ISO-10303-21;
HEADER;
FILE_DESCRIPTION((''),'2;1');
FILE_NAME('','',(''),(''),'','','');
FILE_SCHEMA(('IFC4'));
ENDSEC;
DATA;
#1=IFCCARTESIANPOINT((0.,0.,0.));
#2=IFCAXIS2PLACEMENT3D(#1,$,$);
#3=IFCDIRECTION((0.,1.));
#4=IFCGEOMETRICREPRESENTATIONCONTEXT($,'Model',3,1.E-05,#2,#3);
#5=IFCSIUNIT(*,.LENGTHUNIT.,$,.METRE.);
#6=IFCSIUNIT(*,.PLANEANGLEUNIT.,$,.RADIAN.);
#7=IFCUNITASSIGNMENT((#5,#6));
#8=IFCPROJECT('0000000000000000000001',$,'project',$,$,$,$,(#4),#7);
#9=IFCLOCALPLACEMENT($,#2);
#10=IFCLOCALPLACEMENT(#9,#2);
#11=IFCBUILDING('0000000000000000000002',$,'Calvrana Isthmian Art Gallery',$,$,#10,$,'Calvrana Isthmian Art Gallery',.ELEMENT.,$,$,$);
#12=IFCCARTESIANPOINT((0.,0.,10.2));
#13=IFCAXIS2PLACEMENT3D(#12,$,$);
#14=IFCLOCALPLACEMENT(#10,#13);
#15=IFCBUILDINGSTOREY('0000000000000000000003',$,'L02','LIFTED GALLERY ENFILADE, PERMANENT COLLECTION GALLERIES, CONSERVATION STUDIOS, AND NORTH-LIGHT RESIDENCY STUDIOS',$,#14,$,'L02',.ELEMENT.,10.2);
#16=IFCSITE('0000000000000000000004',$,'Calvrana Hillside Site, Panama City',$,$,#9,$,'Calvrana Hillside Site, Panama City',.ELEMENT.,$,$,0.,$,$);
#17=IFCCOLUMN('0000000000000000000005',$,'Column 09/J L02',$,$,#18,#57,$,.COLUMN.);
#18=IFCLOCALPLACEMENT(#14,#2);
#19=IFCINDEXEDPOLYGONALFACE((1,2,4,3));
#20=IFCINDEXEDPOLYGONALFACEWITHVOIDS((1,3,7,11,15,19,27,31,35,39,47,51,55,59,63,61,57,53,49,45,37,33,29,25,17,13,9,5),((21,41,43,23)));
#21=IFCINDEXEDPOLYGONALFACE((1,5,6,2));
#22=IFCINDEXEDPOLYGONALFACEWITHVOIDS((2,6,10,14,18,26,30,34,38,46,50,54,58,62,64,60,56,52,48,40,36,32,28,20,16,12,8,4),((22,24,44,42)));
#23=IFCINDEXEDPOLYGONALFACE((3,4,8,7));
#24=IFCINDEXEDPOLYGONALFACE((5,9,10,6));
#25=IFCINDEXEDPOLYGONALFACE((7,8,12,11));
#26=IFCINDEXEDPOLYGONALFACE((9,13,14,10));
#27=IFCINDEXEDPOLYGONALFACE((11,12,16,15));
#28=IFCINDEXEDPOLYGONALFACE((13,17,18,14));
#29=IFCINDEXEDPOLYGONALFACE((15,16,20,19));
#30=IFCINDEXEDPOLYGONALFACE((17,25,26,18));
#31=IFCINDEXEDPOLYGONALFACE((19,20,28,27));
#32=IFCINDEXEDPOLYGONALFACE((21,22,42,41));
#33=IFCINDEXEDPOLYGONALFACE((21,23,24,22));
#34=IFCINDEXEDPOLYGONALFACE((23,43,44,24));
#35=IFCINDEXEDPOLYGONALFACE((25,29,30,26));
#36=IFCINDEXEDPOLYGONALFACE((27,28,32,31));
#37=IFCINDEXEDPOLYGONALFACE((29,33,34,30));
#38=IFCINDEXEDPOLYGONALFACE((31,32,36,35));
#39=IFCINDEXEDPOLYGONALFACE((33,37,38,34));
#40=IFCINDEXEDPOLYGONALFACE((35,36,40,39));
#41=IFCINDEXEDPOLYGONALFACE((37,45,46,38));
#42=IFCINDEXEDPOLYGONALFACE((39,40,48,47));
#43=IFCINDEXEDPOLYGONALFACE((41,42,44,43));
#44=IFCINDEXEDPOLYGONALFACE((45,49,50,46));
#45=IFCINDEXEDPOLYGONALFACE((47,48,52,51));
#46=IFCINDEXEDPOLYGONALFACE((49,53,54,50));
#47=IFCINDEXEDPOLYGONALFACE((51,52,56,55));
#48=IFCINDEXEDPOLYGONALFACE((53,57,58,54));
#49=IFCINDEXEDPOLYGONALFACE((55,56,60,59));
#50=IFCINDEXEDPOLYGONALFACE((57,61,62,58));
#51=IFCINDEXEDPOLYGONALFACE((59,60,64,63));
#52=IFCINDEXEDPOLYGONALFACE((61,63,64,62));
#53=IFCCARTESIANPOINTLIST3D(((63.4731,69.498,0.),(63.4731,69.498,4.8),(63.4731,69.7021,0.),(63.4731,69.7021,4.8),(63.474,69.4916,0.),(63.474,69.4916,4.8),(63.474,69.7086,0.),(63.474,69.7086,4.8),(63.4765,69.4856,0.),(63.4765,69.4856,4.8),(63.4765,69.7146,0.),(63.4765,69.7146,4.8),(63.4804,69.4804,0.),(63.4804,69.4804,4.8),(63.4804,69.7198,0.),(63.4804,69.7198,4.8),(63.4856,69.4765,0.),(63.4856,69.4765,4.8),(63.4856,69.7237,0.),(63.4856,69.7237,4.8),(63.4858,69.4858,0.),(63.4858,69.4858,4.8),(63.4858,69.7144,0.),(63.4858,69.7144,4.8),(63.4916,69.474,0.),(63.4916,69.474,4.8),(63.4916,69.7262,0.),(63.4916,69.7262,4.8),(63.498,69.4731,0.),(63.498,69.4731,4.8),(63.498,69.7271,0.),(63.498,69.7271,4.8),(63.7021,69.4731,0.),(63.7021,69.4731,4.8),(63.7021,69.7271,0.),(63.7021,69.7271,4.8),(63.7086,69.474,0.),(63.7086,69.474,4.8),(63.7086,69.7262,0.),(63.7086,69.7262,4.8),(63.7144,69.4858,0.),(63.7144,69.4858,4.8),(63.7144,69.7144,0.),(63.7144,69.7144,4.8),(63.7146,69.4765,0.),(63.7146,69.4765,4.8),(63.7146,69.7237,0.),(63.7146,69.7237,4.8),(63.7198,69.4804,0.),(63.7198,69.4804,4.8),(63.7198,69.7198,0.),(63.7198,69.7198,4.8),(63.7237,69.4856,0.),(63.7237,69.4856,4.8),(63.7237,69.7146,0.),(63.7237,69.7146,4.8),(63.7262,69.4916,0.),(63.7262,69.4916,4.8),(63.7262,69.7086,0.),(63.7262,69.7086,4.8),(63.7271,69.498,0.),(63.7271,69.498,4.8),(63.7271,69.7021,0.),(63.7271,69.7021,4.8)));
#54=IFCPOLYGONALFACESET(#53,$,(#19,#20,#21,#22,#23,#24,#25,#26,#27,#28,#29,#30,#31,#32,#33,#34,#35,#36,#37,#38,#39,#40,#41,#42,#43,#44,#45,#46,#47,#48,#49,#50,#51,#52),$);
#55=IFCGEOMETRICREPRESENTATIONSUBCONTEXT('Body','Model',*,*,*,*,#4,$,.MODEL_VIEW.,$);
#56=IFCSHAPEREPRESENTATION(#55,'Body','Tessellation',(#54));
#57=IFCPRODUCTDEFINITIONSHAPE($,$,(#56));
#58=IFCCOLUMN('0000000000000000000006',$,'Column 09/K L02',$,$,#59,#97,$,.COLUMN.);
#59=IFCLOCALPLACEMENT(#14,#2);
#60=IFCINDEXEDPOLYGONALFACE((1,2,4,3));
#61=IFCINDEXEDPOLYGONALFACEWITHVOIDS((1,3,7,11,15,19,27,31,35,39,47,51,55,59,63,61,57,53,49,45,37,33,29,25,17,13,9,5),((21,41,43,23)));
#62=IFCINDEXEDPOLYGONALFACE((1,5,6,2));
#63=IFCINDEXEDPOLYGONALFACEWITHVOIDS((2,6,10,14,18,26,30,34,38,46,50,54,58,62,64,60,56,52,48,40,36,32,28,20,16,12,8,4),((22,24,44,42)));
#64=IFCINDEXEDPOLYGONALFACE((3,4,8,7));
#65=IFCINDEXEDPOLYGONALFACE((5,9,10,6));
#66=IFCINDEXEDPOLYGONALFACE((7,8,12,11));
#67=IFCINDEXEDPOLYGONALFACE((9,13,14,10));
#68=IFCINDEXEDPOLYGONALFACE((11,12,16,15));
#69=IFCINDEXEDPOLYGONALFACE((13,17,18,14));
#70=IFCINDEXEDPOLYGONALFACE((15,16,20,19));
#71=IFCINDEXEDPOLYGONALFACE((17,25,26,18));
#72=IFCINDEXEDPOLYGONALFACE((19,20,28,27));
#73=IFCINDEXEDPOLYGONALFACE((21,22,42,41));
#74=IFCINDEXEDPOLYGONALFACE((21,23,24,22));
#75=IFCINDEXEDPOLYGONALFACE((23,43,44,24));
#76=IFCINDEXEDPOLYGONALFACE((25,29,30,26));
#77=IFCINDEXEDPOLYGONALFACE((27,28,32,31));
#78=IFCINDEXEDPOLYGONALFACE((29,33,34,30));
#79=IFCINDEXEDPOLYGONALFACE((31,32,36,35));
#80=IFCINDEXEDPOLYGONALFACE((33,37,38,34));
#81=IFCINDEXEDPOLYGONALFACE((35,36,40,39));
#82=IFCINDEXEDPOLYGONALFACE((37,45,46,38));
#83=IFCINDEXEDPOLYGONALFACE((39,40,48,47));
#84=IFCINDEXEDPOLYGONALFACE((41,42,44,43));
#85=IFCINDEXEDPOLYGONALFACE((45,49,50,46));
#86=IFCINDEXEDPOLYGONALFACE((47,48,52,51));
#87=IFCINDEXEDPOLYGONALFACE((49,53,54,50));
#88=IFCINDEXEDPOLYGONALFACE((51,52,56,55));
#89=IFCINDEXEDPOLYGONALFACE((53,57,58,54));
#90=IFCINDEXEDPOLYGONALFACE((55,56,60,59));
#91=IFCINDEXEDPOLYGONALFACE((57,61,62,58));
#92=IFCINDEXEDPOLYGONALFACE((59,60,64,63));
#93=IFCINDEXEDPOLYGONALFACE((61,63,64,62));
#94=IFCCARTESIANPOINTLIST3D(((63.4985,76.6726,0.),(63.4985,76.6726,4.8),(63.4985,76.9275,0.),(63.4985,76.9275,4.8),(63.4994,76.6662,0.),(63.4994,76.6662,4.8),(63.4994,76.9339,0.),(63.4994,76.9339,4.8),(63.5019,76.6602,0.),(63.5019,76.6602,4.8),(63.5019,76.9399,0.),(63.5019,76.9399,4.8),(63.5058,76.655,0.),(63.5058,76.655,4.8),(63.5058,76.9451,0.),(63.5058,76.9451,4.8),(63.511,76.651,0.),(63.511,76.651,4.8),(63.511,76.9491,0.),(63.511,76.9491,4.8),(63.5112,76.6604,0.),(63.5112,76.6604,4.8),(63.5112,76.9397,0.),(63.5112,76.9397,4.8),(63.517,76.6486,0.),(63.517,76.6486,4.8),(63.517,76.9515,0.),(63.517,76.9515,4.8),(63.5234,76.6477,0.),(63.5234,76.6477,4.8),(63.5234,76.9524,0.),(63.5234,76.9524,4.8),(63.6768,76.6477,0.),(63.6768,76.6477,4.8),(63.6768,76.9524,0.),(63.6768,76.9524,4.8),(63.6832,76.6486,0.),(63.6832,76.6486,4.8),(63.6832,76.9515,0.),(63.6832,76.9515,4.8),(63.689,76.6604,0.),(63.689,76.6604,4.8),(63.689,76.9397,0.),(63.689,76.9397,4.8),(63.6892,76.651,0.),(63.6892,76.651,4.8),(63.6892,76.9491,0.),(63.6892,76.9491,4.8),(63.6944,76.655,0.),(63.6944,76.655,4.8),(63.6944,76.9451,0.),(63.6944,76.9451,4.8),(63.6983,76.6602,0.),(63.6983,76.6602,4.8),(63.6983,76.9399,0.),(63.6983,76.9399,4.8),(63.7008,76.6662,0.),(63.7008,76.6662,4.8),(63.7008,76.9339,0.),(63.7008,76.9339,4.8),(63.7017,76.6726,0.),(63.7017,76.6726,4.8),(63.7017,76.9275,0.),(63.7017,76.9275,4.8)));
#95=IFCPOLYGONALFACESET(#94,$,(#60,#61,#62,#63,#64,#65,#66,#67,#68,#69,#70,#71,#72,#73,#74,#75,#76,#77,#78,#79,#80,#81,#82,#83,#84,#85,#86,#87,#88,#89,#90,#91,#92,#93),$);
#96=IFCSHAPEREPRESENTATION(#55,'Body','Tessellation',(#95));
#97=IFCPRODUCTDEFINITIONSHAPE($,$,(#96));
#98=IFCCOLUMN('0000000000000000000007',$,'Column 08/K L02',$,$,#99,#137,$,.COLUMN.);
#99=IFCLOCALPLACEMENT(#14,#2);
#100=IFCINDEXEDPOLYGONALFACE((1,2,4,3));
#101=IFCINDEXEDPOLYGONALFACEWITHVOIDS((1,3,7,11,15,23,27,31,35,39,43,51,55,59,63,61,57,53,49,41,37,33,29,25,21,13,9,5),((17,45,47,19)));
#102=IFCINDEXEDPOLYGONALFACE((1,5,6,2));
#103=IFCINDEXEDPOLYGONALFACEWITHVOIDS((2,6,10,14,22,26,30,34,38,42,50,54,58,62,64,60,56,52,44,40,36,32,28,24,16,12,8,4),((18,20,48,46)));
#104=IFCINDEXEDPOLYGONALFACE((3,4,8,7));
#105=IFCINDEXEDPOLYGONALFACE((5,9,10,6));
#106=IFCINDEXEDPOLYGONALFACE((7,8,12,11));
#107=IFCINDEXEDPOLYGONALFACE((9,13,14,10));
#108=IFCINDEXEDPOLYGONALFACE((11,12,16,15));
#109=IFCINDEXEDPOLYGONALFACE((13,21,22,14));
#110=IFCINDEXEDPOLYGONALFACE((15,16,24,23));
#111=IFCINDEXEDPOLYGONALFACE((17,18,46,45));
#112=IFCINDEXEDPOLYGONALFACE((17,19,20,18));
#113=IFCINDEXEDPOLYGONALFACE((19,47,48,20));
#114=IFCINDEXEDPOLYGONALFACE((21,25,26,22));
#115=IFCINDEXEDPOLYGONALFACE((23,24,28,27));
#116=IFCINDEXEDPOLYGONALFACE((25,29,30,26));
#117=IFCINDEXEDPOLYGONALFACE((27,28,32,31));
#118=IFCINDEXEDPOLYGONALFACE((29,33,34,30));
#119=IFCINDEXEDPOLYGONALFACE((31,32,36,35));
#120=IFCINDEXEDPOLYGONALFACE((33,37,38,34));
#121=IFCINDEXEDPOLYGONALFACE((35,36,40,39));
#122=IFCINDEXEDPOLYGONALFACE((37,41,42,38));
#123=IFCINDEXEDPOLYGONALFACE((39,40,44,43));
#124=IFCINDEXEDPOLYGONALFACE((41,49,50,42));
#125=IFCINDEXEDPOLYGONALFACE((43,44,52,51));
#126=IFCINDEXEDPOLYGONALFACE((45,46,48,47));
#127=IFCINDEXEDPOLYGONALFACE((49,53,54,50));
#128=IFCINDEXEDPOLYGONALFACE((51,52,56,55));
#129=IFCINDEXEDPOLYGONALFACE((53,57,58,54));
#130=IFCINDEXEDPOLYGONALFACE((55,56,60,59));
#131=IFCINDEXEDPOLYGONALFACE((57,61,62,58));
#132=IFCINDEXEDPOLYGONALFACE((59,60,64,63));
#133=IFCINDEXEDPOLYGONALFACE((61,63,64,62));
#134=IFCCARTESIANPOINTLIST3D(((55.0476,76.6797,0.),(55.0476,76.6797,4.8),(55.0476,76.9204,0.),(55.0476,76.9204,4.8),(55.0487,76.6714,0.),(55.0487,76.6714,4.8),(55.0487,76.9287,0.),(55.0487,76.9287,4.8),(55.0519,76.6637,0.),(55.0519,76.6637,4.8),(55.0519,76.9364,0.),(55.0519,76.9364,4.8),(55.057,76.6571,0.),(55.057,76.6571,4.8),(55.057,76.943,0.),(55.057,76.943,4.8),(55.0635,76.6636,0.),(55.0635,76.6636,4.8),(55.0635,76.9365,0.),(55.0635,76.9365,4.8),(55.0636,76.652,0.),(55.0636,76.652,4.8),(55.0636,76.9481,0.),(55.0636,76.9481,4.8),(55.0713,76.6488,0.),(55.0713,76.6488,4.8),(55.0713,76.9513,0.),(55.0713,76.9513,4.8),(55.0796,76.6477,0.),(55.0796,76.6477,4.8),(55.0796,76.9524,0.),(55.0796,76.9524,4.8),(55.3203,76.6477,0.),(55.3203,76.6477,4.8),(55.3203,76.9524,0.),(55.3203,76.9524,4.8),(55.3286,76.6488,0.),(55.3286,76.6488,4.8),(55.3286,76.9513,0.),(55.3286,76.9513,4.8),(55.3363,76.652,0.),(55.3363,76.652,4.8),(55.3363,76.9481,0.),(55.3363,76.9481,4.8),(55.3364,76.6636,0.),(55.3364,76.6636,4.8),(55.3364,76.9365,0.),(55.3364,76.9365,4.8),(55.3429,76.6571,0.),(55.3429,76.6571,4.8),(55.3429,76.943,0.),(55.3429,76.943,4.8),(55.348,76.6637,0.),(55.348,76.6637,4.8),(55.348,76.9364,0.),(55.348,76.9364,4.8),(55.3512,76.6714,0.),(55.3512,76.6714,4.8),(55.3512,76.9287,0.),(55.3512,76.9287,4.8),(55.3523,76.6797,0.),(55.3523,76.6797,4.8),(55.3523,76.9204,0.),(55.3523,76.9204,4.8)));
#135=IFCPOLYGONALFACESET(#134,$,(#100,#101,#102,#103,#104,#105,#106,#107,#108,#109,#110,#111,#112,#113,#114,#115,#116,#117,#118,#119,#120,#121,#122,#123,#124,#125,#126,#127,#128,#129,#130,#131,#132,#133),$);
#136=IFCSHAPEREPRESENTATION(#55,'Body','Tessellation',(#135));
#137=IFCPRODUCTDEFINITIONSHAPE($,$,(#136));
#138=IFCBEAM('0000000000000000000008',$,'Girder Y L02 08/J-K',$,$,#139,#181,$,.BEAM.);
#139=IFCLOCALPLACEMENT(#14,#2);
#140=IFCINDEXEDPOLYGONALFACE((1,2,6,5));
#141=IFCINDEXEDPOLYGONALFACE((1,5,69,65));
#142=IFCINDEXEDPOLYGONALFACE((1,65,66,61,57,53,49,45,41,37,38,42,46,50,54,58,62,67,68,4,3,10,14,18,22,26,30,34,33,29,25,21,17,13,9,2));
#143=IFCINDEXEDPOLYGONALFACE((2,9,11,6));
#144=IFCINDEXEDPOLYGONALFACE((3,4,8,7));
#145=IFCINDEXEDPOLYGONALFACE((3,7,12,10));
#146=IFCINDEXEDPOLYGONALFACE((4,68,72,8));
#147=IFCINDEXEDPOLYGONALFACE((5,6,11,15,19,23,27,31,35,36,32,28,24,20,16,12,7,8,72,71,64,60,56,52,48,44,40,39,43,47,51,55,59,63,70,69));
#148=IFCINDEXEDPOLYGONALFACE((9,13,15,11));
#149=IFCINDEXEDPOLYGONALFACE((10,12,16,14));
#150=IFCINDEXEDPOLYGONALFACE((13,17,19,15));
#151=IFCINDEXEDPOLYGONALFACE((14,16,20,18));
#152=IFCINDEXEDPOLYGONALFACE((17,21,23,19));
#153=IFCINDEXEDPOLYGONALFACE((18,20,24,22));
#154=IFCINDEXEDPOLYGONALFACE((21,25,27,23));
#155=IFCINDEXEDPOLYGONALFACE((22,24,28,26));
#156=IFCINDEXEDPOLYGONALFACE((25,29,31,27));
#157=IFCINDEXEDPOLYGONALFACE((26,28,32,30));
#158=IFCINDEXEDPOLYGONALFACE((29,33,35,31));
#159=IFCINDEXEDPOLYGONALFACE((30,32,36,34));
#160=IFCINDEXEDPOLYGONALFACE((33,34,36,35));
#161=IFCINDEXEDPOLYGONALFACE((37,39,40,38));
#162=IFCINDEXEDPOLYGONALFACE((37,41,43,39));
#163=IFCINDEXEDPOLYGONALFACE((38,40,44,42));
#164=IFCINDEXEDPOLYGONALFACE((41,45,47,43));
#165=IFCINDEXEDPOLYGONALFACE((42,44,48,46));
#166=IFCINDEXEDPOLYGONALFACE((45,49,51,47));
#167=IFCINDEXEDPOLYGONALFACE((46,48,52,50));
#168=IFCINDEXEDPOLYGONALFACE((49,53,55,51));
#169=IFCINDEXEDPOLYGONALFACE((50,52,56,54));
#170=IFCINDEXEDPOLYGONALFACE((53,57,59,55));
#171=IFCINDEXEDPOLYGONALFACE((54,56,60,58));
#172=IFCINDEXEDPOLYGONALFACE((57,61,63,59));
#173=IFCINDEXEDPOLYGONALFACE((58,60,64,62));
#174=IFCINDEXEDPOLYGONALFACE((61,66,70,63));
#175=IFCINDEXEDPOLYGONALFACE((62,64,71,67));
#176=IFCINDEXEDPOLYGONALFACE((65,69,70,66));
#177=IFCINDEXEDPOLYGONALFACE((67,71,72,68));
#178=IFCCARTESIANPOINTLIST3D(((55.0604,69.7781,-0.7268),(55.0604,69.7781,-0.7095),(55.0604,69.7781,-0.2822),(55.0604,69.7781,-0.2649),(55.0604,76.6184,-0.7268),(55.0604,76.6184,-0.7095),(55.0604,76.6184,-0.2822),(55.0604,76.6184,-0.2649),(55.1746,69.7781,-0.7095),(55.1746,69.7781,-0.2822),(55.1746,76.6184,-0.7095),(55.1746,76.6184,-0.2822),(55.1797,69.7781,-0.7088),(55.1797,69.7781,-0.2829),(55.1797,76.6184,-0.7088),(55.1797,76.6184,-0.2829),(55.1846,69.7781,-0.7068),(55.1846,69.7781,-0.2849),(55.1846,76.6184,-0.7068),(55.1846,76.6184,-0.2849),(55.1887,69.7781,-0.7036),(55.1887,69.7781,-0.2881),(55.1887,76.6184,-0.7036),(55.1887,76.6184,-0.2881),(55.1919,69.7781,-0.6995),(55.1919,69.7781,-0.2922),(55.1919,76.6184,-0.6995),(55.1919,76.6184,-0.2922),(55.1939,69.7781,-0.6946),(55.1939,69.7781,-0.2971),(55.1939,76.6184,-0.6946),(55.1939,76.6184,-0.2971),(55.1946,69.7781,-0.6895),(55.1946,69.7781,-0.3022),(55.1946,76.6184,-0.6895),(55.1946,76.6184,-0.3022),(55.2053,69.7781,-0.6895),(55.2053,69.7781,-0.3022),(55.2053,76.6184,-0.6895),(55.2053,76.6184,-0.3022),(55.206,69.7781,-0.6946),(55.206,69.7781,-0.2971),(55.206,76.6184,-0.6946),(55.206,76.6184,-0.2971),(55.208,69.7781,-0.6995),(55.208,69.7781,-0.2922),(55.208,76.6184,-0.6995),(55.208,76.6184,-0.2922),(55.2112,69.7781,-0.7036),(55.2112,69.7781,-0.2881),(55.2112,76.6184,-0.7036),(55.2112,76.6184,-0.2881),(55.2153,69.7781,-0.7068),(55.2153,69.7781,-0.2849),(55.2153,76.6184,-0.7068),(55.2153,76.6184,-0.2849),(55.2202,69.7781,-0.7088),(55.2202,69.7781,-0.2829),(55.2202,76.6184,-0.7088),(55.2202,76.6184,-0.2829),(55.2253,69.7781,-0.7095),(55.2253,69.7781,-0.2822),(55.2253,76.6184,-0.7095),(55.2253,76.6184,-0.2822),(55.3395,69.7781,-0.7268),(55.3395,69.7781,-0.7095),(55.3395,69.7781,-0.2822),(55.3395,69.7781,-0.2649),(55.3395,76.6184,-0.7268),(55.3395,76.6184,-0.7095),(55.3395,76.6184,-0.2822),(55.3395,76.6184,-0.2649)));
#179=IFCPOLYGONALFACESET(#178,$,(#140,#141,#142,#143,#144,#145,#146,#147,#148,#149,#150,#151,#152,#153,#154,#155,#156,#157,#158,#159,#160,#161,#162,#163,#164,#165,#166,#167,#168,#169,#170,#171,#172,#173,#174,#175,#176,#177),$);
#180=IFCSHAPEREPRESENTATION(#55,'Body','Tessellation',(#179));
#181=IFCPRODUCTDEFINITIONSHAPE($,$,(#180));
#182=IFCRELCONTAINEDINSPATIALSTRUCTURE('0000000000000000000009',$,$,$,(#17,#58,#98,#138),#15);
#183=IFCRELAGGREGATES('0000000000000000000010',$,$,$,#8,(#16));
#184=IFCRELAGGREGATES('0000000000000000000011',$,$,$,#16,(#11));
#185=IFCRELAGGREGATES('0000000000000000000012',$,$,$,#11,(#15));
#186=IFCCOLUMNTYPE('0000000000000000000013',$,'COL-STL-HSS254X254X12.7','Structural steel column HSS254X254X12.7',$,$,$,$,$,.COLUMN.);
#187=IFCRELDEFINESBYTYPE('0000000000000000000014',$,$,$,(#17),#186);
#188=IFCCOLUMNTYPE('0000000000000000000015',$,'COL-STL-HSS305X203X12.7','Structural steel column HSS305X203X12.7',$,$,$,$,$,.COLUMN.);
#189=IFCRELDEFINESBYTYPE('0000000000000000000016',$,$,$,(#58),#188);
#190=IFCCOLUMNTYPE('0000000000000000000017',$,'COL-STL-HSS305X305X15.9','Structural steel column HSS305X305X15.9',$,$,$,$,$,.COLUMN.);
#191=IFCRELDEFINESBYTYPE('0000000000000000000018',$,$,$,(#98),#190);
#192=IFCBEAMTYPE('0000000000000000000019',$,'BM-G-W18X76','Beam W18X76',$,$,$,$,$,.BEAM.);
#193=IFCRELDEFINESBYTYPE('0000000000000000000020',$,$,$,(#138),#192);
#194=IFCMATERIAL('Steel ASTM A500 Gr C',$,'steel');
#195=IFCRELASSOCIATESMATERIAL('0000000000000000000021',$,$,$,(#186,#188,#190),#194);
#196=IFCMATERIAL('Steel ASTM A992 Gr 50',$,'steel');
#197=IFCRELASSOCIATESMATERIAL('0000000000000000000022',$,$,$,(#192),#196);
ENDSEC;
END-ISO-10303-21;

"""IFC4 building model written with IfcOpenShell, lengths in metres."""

from ifc_helpers import new_model, si_unit, direction, frame, origin, origin_2d, place, context, subcontext, project, spatial, hollow_rectangle, i_section, extrude, material, material_profile, profile_set, type_object, element, save


model = new_model("IFC4")

# Units and contexts
model_context = context("Model", 3, precision=1e-05, world=origin(), true_north=direction((0.0, 1.0)))
body_context = subcontext(model_context, "Body", "Model", "MODEL_VIEW")
ifc_project = project(units=[si_unit("LENGTHUNIT", "METRE"), si_unit("PLANEANGLEUNIT", "RADIAN")], contexts=[model_context])

# Site, building, storey
site_placement = place(None, origin())
site = spatial("IfcSite", under=ifc_project, at=site_placement, Name="Calvrana Hillside Site, Panama City", LongName="Calvrana Hillside Site, Panama City", CompositionType="ELEMENT", RefElevation=0.0)
building_placement = place(site_placement, origin())
building = spatial("IfcBuilding", under=site, at=building_placement, Name="Calvrana Isthmian Art Gallery", LongName="Calvrana Isthmian Art Gallery", CompositionType="ELEMENT")
storey_placement = place(building_placement, frame((0.0, 0.0, 10.2)))
storey = spatial("IfcBuildingStorey", under=building, at=storey_placement, Name="L02", Description="LIFTED GALLERY ENFILADE, PERMANENT COLLECTION GALLERIES, CONSERVATION STUDIOS, AND NORTH-LIGHT RESIDENCY STUDIOS", LongName="L02", CompositionType="ELEMENT", Elevation=10.2)

# Columns
ifc_material_1 = material(Name="Steel ASTM A500 Gr C", Category="steel")
ifc_material_profile_1 = material_profile(ifc_material_1, hollow_rectangle(XDim=0.2539, YDim=0.2539, WallThickness=0.0127, OuterFilletRadius=0.0249, at=origin_2d()), Name="HSS254X254X12.7")
ifc_profile_set_1 = profile_set([ifc_material_profile_1], Name="Steel ASTM A500 Gr C")
column_type_1 = type_object("IfcColumnType", Name="COL-STL-HSS254X254X12.7", Description="Structural steel column HSS254X254X12.7", PredefinedType="COLUMN", material=ifc_profile_set_1)
column_1_placement = place(storey_placement, frame((63.6001, 69.6001, 0.0), z_axis=(0.0, 0.0, 1.0), x_axis=(1.0, 0.0, 0.0)))
element("IfcColumn", 1, at=column_1_placement, inside=storey, type_object=column_type_1, Name="Column 09/J L02", PredefinedType="COLUMN", context=body_context, shape_type="SweptSolid", body=[
    extrude(hollow_rectangle(XDim=0.2539, YDim=0.2539, WallThickness=0.0127, OuterFilletRadius=0.0249, at=origin_2d()), origin(), (0.0, 0.0, 1.0), 4.8),
])
ifc_material_profile_2 = material_profile(ifc_material_1, hollow_rectangle(XDim=0.2031, YDim=0.3047, WallThickness=0.0127, OuterFilletRadius=0.0249, at=origin_2d()), Name="HSS305X203X12.7")
ifc_profile_set_2 = profile_set([ifc_material_profile_2], Name="Steel ASTM A500 Gr C")
column_type_2 = type_object("IfcColumnType", Name="COL-STL-HSS305X203X12.7", Description="Structural steel column HSS305X203X12.7", PredefinedType="COLUMN", material=ifc_profile_set_2)
column_2_placement = place(storey_placement, frame((63.6001, 76.8, 0.0), z_axis=(0.0, 0.0, 1.0), x_axis=(1.0, 0.0, 0.0)))
element("IfcColumn", 2, at=column_2_placement, inside=storey, type_object=column_type_2, Name="Column 09/K L02", PredefinedType="COLUMN", context=body_context, shape_type="SweptSolid", body=[
    extrude(hollow_rectangle(XDim=0.2031, YDim=0.3047, WallThickness=0.0127, OuterFilletRadius=0.0249, at=origin_2d()), origin(), (0.0, 0.0, 1.0), 4.8),
])
ifc_material_profile_3 = material_profile(ifc_material_1, hollow_rectangle(XDim=0.3047, YDim=0.3047, WallThickness=0.0159, OuterFilletRadius=0.032, at=origin_2d()), Name="HSS305X305X15.9")
ifc_profile_set_3 = profile_set([ifc_material_profile_3], Name="Steel ASTM A500 Gr C")
column_type_3 = type_object("IfcColumnType", Name="COL-STL-HSS305X305X15.9", Description="Structural steel column HSS305X305X15.9", PredefinedType="COLUMN", material=ifc_profile_set_3)
column_3_placement = place(storey_placement, frame((55.2, 76.8, 0.0), z_axis=(0.0, 0.0, 1.0), x_axis=(1.0, 0.0, 0.0)))
element("IfcColumn", 3, at=column_3_placement, inside=storey, type_object=column_type_3, Name="Column 08/K L02", PredefinedType="COLUMN", context=body_context, shape_type="SweptSolid", body=[
    extrude(hollow_rectangle(XDim=0.3047, YDim=0.3047, WallThickness=0.0159, OuterFilletRadius=0.032, at=origin_2d()), origin(), (0.0, 0.0, 1.0), 4.8),
])

# Beam
ifc_material_2 = material(Name="Steel ASTM A992 Gr 50", Category="steel")
ifc_material_profile_4 = material_profile(ifc_material_2, i_section(OverallWidth=0.2791, OverallDepth=0.4619, WebThickness=0.0107, FlangeThickness=0.0173, FilletRadius=0.02, at=origin_2d()), Name="W18X76")
ifc_profile_set_4 = profile_set([ifc_material_profile_4], Name="Steel ASTM A992 Gr 50")
beam_type_1 = type_object("IfcBeamType", Name="BM-G-W18X76", Description="Beam W18X76", PredefinedType="BEAM", material=ifc_profile_set_4)
beam_1_placement = place(storey_placement, frame((55.2, 69.7781, -0.4958), z_axis=(0.0, 1.0, 0.0), x_axis=(-1.0, 0.0, 0.0)))
element("IfcBeam", 4, at=beam_1_placement, inside=storey, type_object=beam_type_1, Name="Girder Y L02 08/J-K", PredefinedType="BEAM", context=body_context, shape_type="SweptSolid", body=[
    extrude(i_section(OverallWidth=0.2791, OverallDepth=0.4619, WebThickness=0.0107, FlangeThickness=0.0173, FilletRadius=0.02, at=origin_2d()), origin(), (0.0, 0.0, 1.0), 6.8403),
])

save(model, "model.ifc")
